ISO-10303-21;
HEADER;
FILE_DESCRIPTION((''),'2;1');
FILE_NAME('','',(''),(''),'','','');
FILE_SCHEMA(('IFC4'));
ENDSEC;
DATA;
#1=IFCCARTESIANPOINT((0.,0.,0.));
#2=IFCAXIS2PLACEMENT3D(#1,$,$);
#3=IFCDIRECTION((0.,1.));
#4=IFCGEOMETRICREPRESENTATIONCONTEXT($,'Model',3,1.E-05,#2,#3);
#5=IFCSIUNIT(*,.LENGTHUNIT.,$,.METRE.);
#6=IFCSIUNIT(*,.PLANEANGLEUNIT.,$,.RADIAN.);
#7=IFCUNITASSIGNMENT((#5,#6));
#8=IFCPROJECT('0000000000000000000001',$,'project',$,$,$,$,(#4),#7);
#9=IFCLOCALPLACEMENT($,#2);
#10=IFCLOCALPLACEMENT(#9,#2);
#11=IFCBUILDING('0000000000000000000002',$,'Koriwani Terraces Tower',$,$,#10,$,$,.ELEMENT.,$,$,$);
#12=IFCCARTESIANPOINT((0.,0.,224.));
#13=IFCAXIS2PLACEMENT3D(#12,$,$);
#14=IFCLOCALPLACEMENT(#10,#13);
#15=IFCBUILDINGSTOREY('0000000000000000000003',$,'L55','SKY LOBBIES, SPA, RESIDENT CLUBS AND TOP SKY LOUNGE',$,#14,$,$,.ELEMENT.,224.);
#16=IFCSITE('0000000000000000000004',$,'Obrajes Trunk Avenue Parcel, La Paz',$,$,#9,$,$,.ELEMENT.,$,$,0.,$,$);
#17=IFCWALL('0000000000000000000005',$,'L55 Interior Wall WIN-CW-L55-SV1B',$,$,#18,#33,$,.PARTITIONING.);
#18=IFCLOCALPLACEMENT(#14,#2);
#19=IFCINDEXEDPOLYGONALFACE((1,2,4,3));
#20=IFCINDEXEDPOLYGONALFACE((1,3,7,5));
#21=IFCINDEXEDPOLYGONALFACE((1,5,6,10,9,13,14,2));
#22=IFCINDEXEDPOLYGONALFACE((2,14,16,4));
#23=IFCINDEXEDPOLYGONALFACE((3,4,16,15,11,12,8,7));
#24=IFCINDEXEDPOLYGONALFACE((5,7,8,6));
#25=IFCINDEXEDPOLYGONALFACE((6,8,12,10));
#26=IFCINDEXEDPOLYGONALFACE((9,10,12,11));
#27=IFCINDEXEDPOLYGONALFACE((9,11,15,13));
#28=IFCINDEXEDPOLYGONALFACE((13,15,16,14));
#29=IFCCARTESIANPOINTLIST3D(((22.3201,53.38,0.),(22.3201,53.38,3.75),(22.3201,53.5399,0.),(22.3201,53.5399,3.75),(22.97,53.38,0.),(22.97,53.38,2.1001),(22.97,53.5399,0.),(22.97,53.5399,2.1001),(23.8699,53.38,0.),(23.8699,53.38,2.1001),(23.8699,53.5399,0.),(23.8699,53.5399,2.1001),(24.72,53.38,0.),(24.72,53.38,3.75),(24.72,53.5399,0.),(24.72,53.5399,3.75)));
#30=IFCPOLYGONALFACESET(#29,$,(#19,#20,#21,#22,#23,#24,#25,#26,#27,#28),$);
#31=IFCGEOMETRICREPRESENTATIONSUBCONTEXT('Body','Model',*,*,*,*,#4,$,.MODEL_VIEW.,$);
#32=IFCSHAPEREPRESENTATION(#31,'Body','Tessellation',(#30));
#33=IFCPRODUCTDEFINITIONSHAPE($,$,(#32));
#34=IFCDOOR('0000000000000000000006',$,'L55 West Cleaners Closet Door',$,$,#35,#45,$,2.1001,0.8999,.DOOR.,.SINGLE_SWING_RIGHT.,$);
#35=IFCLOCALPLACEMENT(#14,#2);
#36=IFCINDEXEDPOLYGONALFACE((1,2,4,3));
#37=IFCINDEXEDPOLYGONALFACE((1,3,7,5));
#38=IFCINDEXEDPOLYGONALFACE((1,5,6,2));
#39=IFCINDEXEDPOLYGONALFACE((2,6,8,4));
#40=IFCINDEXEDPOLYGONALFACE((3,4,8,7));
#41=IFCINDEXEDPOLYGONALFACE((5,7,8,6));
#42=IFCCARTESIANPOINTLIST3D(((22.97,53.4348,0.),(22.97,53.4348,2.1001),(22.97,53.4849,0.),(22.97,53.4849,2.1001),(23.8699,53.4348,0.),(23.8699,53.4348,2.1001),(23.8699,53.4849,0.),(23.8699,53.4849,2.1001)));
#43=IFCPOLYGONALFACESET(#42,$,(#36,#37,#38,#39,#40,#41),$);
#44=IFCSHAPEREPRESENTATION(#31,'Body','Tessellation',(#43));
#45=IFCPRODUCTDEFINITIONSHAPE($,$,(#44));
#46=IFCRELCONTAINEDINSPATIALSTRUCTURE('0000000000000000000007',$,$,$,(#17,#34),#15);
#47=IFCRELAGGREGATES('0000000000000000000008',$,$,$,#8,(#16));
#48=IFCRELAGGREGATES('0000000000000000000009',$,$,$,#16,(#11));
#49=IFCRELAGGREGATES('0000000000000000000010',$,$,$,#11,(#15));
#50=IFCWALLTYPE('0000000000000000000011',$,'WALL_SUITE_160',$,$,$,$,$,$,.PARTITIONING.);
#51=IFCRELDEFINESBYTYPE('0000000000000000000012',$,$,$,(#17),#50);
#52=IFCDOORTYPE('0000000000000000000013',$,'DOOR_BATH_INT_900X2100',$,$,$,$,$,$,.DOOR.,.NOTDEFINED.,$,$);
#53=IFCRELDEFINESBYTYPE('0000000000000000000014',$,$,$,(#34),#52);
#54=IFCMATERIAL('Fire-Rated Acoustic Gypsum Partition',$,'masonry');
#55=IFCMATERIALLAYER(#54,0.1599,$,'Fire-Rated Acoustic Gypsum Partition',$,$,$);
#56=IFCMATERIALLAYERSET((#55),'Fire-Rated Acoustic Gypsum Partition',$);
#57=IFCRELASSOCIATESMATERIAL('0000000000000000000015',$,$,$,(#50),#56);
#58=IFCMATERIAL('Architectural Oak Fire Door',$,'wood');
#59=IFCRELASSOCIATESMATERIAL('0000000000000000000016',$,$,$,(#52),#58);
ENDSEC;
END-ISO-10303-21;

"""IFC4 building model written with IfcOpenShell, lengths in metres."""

from ifc_helpers import new_model, si_unit, direction, frame, frame_2d, origin, place, context, subcontext, project, spatial, rectangle, extrude, material, layer, layer_set, type_object, element, fill, save


model = new_model("IFC4")

# Units and contexts
model_context = context("Model", 3, precision=1e-05, world=origin(), true_north=direction((0.0, 1.0)))
body_context = subcontext(model_context, "Body", "Model", "MODEL_VIEW")
ifc_project = project(units=[si_unit("LENGTHUNIT", "METRE"), si_unit("PLANEANGLEUNIT", "RADIAN")], contexts=[model_context])

# Site, building, storey
site_placement = place(None, origin())
site = spatial("IfcSite", under=ifc_project, at=site_placement, Name="Obrajes Trunk Avenue Parcel, La Paz", CompositionType="ELEMENT", RefElevation=0.0)
building_placement = place(site_placement, origin())
building = spatial("IfcBuilding", under=site, at=building_placement, Name="Koriwani Terraces Tower", CompositionType="ELEMENT")
storey_placement = place(building_placement, frame((0.0, 0.0, 224.0)))
storey = spatial("IfcBuildingStorey", under=building, at=storey_placement, Name="L55", Description="SKY LOBBIES, SPA, RESIDENT CLUBS AND TOP SKY LOUNGE", CompositionType="ELEMENT", Elevation=224.0)

# Wall, opening, door
ifc_material_1 = material(Name="Fire-Rated Acoustic Gypsum Partition", Category="masonry")
ifc_layer_1 = layer(ifc_material_1, 0.1599, Name="Fire-Rated Acoustic Gypsum Partition")
ifc_layer_set_1 = layer_set([ifc_layer_1], Name="Fire-Rated Acoustic Gypsum Partition")
wall_type_1 = type_object("IfcWallType", Name="WALL_SUITE_160", PredefinedType="PARTITIONING", material=ifc_layer_set_1)
ifc_material_2 = material(Name="Architectural Oak Fire Door", Category="wood")
door_type_1 = type_object("IfcDoorType", Name="DOOR_BATH_INT_900X2100", OperationType="NOTDEFINED", PredefinedType="DOOR", material=ifc_material_2)
wall_1_placement = place(storey_placement, frame((22.3201, 53.46, 0.0), z_axis=(0.0, 0.0, 1.0), x_axis=(1.0, 0.0, 0.0)))
wall_1 = element("IfcWall", 1, at=wall_1_placement, inside=storey, type_object=wall_type_1, Name="L55 Interior Wall WIN-CW-L55-SV1B", PredefinedType="PARTITIONING", context=body_context, shape_type="SweptSolid", body=[
    extrude(rectangle(XDim=2.3999, YDim=0.1599, at=frame_2d((1.2, 0.0))), origin(), (0.0, 0.0, 1.0), 3.75),
])
opening_1_placement = place(wall_1_placement, frame((0.6499, 0.0, 0.0)))
opening_1 = element("IfcOpeningElement", 2, at=opening_1_placement, cuts=wall_1, PredefinedType="OPENING", context=body_context, shape_type="SweptSolid", body=[
    extrude(rectangle(XDim=0.8999, YDim=2.1001, at=frame_2d((0.45, 1.05))), frame((0.0, 0.0898, 0.0), z_axis=(0.0, -1.0, 0.0), x_axis=(1.0, 0.0, 0.0)), (0.0, 0.0, 1.0), 0.1799),
])
door_1_placement = place(opening_1_placement, origin())
door_1 = element("IfcDoor", 3, at=door_1_placement, inside=storey, type_object=door_type_1, Name="L55 West Cleaners Closet Door", OperationType="SINGLE_SWING_RIGHT", OverallHeight=2.1001, OverallWidth=0.8999, PredefinedType="DOOR", context=body_context, shape_type="SweptSolid", body=[
    extrude(rectangle(XDim=0.8999, YDim=2.1001, at=frame_2d((0.45, 1.05))), frame((0.0, 0.0249, 0.0), z_axis=(0.0, -1.0, 0.0), x_axis=(1.0, 0.0, 0.0)), (0.0, 0.0, 1.0), 0.05),
])
fill(opening_1, door_1)

save(model, "model.ifc")
